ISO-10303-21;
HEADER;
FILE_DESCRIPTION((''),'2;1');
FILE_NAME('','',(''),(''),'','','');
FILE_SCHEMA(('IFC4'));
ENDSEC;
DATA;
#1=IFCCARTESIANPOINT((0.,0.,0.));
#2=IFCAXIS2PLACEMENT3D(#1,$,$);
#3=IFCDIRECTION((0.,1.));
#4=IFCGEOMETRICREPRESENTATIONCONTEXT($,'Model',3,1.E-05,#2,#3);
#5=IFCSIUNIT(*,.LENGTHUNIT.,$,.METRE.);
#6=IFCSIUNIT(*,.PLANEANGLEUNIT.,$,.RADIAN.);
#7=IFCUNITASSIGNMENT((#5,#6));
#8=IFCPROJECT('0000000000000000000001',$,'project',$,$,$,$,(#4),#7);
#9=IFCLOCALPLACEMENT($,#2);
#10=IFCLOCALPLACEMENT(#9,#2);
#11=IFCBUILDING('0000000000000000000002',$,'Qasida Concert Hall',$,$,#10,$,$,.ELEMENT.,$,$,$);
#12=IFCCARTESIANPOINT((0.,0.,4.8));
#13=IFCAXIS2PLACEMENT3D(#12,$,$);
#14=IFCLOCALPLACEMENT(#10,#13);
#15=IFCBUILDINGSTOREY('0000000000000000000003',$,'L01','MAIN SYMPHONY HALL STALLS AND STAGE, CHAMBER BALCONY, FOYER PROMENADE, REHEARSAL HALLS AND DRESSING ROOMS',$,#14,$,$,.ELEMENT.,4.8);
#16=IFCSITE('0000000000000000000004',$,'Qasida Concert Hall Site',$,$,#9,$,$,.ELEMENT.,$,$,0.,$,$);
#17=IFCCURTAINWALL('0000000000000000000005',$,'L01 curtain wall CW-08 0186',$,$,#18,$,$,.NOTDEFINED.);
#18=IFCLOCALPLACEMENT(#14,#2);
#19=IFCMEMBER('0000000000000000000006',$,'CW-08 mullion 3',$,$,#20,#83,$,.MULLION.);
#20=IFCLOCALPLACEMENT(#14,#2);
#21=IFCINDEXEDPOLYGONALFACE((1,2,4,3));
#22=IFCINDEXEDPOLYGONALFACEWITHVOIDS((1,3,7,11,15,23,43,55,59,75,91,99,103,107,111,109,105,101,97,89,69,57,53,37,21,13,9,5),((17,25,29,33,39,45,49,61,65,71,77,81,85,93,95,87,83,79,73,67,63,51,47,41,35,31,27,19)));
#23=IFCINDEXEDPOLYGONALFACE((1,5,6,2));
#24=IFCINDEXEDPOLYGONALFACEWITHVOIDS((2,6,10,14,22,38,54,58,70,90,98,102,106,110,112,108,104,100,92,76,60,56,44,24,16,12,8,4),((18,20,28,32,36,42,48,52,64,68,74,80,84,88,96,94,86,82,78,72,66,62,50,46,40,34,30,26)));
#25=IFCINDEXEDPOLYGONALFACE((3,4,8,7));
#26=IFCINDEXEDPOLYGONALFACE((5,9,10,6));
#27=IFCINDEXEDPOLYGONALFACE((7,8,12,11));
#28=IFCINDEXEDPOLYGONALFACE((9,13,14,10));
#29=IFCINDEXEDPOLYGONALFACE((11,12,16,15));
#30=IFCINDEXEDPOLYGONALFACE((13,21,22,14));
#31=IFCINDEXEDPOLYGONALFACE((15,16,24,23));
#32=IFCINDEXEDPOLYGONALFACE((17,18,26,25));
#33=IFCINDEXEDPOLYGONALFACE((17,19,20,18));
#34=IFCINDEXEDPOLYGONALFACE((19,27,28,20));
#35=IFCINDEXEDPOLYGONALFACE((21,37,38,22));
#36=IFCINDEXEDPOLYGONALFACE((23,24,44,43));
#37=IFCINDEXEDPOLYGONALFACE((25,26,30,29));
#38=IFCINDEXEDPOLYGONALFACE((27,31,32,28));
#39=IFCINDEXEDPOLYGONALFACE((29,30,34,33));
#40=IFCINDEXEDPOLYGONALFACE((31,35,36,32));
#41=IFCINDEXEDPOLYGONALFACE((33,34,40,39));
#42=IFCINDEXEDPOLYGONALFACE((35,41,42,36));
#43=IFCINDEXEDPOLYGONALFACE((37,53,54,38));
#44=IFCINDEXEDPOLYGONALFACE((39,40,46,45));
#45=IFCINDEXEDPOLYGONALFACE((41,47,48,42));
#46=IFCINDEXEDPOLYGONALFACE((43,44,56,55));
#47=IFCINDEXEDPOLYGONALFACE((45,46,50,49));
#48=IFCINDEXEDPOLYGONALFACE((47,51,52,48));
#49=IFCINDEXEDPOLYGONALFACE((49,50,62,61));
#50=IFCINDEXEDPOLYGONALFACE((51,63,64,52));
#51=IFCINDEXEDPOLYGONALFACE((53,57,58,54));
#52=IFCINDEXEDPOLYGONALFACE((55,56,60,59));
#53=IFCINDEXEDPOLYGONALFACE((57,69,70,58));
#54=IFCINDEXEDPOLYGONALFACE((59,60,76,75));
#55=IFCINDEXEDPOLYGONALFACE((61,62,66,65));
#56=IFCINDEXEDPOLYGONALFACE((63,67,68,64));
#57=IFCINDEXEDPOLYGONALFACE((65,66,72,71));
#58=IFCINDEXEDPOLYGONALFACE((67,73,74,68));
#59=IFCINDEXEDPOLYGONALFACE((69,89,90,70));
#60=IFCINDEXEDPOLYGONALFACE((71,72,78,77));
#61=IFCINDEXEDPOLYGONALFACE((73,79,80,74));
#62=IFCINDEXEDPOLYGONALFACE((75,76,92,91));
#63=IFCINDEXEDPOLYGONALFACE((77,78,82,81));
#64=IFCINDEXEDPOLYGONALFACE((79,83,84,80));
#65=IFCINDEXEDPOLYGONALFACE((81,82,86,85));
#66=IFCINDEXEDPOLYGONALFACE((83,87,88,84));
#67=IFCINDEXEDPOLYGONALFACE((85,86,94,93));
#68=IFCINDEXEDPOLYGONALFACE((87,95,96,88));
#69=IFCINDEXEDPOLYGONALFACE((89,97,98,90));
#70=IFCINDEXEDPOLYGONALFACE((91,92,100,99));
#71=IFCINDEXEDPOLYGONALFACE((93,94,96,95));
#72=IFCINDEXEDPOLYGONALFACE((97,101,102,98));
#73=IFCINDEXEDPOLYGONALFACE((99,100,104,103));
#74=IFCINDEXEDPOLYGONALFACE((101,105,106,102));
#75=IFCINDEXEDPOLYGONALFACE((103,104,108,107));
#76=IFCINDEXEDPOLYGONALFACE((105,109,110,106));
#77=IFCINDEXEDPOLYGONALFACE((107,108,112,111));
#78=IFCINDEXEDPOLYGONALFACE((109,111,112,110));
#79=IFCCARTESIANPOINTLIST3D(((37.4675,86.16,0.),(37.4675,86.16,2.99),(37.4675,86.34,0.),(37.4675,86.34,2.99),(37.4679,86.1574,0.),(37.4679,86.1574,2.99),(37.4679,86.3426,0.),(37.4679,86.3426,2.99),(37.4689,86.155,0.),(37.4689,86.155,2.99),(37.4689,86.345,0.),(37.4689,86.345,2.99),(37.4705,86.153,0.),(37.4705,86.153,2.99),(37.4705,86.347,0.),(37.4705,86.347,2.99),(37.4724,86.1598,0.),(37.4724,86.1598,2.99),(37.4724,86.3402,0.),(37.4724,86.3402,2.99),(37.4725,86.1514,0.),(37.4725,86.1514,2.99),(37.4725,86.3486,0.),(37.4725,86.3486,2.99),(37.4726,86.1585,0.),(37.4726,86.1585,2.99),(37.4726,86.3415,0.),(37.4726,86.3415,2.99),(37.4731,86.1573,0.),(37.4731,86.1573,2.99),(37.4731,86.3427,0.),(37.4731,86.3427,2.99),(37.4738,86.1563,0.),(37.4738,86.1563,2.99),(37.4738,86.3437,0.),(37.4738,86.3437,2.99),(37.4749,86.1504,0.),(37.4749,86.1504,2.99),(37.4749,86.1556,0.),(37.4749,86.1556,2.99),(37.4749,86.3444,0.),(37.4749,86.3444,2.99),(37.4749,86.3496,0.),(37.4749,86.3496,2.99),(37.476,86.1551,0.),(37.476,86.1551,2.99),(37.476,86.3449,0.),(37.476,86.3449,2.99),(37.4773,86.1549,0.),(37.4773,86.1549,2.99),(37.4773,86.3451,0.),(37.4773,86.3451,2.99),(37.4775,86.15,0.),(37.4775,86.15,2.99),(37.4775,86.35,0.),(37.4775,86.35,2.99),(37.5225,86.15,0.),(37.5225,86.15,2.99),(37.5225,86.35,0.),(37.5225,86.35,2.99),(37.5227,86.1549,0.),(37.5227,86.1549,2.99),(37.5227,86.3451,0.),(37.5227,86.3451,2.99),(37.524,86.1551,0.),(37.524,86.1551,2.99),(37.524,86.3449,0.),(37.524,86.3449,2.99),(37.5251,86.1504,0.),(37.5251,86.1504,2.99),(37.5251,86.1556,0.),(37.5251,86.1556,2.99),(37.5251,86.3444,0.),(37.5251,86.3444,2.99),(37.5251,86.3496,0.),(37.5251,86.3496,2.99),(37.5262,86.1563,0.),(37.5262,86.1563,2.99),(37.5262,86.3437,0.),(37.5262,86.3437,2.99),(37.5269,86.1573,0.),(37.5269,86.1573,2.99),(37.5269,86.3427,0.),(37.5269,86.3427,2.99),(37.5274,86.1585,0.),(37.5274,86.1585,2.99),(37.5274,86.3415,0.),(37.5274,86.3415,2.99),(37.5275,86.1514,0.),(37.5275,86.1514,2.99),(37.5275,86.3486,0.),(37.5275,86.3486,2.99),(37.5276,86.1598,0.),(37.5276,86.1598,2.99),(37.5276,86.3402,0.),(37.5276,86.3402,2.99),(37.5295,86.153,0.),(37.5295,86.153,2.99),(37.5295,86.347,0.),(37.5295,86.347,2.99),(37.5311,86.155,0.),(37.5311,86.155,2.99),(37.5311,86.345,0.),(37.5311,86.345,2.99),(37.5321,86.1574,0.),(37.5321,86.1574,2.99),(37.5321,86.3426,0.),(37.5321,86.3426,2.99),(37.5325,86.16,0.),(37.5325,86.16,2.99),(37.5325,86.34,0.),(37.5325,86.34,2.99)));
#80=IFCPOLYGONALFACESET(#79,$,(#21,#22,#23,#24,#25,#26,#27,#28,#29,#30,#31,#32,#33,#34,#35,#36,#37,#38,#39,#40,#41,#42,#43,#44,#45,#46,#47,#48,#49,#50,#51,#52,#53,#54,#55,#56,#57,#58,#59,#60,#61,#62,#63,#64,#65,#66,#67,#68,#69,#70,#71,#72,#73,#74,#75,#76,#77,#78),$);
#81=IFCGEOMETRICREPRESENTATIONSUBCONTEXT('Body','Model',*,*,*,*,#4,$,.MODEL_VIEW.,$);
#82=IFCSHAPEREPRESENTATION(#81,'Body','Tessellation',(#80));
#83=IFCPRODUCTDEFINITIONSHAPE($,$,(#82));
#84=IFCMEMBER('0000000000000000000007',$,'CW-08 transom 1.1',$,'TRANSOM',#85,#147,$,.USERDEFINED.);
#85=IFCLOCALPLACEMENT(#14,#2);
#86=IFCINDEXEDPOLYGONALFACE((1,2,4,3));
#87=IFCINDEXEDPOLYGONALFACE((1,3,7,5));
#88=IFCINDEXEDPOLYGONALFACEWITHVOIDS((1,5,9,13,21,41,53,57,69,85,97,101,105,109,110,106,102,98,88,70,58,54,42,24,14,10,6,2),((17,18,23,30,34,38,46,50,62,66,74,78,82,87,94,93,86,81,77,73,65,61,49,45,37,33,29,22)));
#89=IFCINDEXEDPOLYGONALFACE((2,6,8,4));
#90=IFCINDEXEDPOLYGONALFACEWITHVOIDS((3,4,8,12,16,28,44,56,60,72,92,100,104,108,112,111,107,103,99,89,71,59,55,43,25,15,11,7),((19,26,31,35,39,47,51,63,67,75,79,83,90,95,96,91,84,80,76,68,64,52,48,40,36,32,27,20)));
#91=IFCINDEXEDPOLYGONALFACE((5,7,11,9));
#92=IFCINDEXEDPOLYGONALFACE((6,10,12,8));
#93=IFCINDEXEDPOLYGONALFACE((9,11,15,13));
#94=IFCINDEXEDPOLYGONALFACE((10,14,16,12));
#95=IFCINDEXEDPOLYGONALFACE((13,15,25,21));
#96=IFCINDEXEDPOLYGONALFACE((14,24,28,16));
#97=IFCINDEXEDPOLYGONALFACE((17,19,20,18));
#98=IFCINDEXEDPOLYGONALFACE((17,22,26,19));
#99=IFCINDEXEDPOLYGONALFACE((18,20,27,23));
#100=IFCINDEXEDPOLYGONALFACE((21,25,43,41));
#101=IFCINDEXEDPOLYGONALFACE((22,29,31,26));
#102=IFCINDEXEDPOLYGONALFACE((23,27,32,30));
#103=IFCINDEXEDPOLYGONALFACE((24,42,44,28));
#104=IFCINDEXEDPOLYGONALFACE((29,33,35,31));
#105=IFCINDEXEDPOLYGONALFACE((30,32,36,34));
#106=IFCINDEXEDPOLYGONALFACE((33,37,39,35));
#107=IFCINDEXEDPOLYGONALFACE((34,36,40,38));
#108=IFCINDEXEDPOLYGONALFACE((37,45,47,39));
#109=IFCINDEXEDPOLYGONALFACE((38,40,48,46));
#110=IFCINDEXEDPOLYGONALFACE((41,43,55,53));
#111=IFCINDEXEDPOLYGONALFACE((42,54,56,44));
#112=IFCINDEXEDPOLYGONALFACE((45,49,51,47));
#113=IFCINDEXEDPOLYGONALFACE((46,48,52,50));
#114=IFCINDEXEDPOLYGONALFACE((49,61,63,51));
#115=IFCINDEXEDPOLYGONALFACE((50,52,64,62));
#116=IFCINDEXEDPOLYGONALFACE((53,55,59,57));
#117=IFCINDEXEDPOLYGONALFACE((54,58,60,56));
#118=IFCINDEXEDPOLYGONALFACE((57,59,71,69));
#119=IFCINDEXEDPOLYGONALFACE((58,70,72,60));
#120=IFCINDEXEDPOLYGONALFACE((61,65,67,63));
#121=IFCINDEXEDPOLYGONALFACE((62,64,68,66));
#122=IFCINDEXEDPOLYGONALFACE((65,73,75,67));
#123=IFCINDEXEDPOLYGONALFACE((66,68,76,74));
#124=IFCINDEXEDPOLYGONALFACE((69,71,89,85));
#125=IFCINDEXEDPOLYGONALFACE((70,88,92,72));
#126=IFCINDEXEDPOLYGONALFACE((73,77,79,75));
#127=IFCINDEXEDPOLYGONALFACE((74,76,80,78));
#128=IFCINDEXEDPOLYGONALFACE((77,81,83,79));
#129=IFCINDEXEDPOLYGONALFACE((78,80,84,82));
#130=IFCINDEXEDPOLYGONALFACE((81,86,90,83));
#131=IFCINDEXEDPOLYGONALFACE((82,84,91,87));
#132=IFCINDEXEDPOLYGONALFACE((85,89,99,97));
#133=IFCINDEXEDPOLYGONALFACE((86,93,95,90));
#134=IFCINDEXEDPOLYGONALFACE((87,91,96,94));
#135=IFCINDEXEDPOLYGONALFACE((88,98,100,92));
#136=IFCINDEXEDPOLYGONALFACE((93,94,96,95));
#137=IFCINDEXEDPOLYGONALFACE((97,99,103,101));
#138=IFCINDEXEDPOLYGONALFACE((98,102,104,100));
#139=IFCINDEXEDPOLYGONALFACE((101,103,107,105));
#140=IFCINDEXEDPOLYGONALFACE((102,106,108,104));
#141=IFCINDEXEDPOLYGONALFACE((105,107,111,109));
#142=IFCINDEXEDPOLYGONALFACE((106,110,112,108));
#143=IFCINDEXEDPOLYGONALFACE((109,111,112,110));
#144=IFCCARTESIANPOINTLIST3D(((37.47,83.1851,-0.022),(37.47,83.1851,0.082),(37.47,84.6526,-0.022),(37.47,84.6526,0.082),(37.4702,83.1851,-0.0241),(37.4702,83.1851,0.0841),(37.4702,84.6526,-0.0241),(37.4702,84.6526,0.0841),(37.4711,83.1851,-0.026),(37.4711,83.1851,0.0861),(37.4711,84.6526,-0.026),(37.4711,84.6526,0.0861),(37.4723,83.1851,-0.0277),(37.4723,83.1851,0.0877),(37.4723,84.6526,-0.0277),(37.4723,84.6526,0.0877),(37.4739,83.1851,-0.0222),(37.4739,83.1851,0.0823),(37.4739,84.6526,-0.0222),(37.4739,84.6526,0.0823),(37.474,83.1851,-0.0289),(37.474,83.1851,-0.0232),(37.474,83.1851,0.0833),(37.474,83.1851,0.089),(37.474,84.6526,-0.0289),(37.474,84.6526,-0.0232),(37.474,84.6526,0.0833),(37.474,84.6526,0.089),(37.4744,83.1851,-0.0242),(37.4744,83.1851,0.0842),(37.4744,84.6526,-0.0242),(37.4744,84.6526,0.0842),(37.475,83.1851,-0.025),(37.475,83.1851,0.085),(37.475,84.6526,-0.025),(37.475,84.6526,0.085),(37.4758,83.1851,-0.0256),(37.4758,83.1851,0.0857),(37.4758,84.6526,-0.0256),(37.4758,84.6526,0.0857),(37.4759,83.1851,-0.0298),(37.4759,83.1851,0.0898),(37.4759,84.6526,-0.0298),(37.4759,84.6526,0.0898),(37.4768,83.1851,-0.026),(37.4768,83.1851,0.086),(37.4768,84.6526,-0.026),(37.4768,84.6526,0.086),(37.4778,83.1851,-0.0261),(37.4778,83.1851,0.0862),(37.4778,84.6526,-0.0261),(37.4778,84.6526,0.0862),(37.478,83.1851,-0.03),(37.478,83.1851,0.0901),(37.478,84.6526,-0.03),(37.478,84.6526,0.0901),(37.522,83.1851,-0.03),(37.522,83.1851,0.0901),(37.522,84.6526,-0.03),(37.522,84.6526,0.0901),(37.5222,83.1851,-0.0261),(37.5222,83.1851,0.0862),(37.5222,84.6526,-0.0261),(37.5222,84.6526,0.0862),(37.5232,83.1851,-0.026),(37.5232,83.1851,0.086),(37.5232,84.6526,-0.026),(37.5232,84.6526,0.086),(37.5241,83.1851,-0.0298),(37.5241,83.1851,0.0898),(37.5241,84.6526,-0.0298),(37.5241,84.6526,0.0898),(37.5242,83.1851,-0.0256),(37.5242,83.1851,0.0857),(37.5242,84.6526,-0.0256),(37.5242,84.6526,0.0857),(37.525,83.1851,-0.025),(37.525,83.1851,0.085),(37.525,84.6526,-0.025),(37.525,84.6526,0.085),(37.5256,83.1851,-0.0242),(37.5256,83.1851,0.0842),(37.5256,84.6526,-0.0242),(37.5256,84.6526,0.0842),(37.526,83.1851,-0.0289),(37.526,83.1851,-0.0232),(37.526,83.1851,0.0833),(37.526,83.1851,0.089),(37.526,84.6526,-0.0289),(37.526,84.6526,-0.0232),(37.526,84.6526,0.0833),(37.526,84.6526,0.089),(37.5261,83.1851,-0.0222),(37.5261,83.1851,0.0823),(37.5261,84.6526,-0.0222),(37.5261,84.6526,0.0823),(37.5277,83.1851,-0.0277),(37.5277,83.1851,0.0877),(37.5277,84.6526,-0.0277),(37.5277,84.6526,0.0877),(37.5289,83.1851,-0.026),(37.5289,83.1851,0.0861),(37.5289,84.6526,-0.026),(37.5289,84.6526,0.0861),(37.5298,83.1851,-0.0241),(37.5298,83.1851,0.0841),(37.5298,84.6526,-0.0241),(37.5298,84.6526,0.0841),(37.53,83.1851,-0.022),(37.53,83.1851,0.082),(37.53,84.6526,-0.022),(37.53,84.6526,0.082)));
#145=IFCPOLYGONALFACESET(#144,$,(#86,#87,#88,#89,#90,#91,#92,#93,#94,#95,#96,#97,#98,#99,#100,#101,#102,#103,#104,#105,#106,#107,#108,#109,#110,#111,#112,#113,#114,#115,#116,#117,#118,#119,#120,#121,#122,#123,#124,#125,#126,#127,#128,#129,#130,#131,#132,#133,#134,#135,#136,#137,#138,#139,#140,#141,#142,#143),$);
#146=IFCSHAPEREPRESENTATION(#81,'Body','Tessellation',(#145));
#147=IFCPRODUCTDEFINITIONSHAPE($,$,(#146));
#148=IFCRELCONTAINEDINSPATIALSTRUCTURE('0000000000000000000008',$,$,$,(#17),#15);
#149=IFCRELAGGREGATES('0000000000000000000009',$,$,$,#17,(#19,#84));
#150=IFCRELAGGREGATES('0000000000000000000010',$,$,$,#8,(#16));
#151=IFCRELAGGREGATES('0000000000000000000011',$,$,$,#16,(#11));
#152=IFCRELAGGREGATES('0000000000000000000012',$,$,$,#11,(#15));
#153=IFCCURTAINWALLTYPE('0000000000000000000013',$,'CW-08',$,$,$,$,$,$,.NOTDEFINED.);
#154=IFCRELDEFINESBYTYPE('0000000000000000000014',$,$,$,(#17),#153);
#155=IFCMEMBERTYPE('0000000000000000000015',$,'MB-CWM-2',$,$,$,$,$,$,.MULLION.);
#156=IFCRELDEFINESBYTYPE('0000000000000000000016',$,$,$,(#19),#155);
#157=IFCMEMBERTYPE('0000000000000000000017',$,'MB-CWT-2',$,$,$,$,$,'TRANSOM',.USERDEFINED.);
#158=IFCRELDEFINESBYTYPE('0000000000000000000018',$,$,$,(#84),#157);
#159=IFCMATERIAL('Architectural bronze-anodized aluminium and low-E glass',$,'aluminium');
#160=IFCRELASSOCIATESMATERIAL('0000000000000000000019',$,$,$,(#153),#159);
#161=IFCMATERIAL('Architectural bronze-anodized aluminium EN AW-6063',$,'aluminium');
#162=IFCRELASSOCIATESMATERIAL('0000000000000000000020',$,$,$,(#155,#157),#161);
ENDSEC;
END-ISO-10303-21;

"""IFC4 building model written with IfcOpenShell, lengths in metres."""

from ifc_helpers import new_model, si_unit, direction, frame, origin, origin_2d, place, context, subcontext, project, spatial, hollow_rectangle, extrude, material, material_profile, profile_set, type_object, element, aggregate, save


model = new_model("IFC4")

# Units and contexts
model_context = context("Model", 3, precision=1e-05, world=origin(), true_north=direction((0.0, 1.0)))
body_context = subcontext(model_context, "Body", "Model", "MODEL_VIEW")
ifc_project = project(units=[si_unit("LENGTHUNIT", "METRE"), si_unit("PLANEANGLEUNIT", "RADIAN")], contexts=[model_context])

# Site, building, storey
site_placement = place(None, origin())
site = spatial("IfcSite", under=ifc_project, at=site_placement, Name="Qasida Concert Hall Site", CompositionType="ELEMENT", RefElevation=0.0)
building_placement = place(site_placement, origin())
building = spatial("IfcBuilding", under=site, at=building_placement, Name="Qasida Concert Hall", CompositionType="ELEMENT")
storey_placement = place(building_placement, frame((0.0, 0.0, 4.8)))
storey = spatial("IfcBuildingStorey", under=building, at=storey_placement, Name="L01", Description="MAIN SYMPHONY HALL STALLS AND STAGE, CHAMBER BALCONY, FOYER PROMENADE, REHEARSAL HALLS AND DRESSING ROOMS", CompositionType="ELEMENT", Elevation=4.8)

# Curtain wall, members
ifc_material_1 = material(Name="Architectural bronze-anodized aluminium and low-E glass", Category="aluminium")
curtain_wall_type = type_object("IfcCurtainWallType", Name="CW-08", PredefinedType="NOTDEFINED", material=ifc_material_1)
curtain_wall_placement = place(storey_placement, origin())
curtain_wall = element("IfcCurtainWall", 1, at=curtain_wall_placement, inside=storey, type_object=curtain_wall_type, Name="L01 curtain wall CW-08 0186", PredefinedType="NOTDEFINED")
ifc_material_2 = material(Name="Architectural bronze-anodized aluminium EN AW-6063", Category="aluminium")
ifc_material_profile_1 = material_profile(ifc_material_2, hollow_rectangle(XDim=0.0649, YDim=0.2, WallThickness=0.0049, InnerFilletRadius=0.0049, OuterFilletRadius=0.01, at=origin_2d()), Name="CWM 200x65x5")
ifc_profile_set_1 = profile_set([ifc_material_profile_1], Name="Architectural bronze-anodized aluminium EN AW-6063")
member_type_1 = type_object("IfcMemberType", Name="MB-CWM-2", PredefinedType="MULLION", material=ifc_profile_set_1)
member_1_placement = place(storey_placement, frame((37.5, 86.25, 0.0), z_axis=(0.0, 0.0, 1.0), x_axis=(-1.0, 0.0, 0.0)))
member_1 = element("IfcMember", 2, at=member_1_placement, type_object=member_type_1, Name="CW-08 mullion 3", PredefinedType="MULLION", context=body_context, shape_type="SweptSolid", body=[
    extrude(hollow_rectangle(XDim=0.0649, YDim=0.2, WallThickness=0.0049, InnerFilletRadius=0.0049, OuterFilletRadius=0.01, at=origin_2d()), origin(), (0.0, 0.0, 1.0), 2.99),
])
ifc_material_profile_2 = material_profile(ifc_material_2, hollow_rectangle(XDim=0.0601, YDim=0.1201, WallThickness=0.0039, InnerFilletRadius=0.0039, OuterFilletRadius=0.0081, at=origin_2d()), Name="CWT 120x60x4")
ifc_profile_set_2 = profile_set([ifc_material_profile_2], Name="Architectural bronze-anodized aluminium EN AW-6063")
member_type_2 = type_object("IfcMemberType", Name="MB-CWT-2", ElementType="TRANSOM", PredefinedType="USERDEFINED", material=ifc_profile_set_2)
member_2_placement = place(storey_placement, frame((37.5, 83.1851, 0.03), z_axis=(0.0, 1.0, 0.0), x_axis=(-1.0, 0.0, 0.0)))
member_2 = element("IfcMember", 3, at=member_2_placement, type_object=member_type_2, Name="CW-08 transom 1.1", ObjectType="TRANSOM", PredefinedType="USERDEFINED", context=body_context, shape_type="SweptSolid", body=[
    extrude(hollow_rectangle(XDim=0.0601, YDim=0.1201, WallThickness=0.0039, InnerFilletRadius=0.0039, OuterFilletRadius=0.0081, at=origin_2d()), origin(), (0.0, 0.0, 1.0), 1.4675),
])
aggregate(curtain_wall, [member_1, member_2])

save(model, "model.ifc")
